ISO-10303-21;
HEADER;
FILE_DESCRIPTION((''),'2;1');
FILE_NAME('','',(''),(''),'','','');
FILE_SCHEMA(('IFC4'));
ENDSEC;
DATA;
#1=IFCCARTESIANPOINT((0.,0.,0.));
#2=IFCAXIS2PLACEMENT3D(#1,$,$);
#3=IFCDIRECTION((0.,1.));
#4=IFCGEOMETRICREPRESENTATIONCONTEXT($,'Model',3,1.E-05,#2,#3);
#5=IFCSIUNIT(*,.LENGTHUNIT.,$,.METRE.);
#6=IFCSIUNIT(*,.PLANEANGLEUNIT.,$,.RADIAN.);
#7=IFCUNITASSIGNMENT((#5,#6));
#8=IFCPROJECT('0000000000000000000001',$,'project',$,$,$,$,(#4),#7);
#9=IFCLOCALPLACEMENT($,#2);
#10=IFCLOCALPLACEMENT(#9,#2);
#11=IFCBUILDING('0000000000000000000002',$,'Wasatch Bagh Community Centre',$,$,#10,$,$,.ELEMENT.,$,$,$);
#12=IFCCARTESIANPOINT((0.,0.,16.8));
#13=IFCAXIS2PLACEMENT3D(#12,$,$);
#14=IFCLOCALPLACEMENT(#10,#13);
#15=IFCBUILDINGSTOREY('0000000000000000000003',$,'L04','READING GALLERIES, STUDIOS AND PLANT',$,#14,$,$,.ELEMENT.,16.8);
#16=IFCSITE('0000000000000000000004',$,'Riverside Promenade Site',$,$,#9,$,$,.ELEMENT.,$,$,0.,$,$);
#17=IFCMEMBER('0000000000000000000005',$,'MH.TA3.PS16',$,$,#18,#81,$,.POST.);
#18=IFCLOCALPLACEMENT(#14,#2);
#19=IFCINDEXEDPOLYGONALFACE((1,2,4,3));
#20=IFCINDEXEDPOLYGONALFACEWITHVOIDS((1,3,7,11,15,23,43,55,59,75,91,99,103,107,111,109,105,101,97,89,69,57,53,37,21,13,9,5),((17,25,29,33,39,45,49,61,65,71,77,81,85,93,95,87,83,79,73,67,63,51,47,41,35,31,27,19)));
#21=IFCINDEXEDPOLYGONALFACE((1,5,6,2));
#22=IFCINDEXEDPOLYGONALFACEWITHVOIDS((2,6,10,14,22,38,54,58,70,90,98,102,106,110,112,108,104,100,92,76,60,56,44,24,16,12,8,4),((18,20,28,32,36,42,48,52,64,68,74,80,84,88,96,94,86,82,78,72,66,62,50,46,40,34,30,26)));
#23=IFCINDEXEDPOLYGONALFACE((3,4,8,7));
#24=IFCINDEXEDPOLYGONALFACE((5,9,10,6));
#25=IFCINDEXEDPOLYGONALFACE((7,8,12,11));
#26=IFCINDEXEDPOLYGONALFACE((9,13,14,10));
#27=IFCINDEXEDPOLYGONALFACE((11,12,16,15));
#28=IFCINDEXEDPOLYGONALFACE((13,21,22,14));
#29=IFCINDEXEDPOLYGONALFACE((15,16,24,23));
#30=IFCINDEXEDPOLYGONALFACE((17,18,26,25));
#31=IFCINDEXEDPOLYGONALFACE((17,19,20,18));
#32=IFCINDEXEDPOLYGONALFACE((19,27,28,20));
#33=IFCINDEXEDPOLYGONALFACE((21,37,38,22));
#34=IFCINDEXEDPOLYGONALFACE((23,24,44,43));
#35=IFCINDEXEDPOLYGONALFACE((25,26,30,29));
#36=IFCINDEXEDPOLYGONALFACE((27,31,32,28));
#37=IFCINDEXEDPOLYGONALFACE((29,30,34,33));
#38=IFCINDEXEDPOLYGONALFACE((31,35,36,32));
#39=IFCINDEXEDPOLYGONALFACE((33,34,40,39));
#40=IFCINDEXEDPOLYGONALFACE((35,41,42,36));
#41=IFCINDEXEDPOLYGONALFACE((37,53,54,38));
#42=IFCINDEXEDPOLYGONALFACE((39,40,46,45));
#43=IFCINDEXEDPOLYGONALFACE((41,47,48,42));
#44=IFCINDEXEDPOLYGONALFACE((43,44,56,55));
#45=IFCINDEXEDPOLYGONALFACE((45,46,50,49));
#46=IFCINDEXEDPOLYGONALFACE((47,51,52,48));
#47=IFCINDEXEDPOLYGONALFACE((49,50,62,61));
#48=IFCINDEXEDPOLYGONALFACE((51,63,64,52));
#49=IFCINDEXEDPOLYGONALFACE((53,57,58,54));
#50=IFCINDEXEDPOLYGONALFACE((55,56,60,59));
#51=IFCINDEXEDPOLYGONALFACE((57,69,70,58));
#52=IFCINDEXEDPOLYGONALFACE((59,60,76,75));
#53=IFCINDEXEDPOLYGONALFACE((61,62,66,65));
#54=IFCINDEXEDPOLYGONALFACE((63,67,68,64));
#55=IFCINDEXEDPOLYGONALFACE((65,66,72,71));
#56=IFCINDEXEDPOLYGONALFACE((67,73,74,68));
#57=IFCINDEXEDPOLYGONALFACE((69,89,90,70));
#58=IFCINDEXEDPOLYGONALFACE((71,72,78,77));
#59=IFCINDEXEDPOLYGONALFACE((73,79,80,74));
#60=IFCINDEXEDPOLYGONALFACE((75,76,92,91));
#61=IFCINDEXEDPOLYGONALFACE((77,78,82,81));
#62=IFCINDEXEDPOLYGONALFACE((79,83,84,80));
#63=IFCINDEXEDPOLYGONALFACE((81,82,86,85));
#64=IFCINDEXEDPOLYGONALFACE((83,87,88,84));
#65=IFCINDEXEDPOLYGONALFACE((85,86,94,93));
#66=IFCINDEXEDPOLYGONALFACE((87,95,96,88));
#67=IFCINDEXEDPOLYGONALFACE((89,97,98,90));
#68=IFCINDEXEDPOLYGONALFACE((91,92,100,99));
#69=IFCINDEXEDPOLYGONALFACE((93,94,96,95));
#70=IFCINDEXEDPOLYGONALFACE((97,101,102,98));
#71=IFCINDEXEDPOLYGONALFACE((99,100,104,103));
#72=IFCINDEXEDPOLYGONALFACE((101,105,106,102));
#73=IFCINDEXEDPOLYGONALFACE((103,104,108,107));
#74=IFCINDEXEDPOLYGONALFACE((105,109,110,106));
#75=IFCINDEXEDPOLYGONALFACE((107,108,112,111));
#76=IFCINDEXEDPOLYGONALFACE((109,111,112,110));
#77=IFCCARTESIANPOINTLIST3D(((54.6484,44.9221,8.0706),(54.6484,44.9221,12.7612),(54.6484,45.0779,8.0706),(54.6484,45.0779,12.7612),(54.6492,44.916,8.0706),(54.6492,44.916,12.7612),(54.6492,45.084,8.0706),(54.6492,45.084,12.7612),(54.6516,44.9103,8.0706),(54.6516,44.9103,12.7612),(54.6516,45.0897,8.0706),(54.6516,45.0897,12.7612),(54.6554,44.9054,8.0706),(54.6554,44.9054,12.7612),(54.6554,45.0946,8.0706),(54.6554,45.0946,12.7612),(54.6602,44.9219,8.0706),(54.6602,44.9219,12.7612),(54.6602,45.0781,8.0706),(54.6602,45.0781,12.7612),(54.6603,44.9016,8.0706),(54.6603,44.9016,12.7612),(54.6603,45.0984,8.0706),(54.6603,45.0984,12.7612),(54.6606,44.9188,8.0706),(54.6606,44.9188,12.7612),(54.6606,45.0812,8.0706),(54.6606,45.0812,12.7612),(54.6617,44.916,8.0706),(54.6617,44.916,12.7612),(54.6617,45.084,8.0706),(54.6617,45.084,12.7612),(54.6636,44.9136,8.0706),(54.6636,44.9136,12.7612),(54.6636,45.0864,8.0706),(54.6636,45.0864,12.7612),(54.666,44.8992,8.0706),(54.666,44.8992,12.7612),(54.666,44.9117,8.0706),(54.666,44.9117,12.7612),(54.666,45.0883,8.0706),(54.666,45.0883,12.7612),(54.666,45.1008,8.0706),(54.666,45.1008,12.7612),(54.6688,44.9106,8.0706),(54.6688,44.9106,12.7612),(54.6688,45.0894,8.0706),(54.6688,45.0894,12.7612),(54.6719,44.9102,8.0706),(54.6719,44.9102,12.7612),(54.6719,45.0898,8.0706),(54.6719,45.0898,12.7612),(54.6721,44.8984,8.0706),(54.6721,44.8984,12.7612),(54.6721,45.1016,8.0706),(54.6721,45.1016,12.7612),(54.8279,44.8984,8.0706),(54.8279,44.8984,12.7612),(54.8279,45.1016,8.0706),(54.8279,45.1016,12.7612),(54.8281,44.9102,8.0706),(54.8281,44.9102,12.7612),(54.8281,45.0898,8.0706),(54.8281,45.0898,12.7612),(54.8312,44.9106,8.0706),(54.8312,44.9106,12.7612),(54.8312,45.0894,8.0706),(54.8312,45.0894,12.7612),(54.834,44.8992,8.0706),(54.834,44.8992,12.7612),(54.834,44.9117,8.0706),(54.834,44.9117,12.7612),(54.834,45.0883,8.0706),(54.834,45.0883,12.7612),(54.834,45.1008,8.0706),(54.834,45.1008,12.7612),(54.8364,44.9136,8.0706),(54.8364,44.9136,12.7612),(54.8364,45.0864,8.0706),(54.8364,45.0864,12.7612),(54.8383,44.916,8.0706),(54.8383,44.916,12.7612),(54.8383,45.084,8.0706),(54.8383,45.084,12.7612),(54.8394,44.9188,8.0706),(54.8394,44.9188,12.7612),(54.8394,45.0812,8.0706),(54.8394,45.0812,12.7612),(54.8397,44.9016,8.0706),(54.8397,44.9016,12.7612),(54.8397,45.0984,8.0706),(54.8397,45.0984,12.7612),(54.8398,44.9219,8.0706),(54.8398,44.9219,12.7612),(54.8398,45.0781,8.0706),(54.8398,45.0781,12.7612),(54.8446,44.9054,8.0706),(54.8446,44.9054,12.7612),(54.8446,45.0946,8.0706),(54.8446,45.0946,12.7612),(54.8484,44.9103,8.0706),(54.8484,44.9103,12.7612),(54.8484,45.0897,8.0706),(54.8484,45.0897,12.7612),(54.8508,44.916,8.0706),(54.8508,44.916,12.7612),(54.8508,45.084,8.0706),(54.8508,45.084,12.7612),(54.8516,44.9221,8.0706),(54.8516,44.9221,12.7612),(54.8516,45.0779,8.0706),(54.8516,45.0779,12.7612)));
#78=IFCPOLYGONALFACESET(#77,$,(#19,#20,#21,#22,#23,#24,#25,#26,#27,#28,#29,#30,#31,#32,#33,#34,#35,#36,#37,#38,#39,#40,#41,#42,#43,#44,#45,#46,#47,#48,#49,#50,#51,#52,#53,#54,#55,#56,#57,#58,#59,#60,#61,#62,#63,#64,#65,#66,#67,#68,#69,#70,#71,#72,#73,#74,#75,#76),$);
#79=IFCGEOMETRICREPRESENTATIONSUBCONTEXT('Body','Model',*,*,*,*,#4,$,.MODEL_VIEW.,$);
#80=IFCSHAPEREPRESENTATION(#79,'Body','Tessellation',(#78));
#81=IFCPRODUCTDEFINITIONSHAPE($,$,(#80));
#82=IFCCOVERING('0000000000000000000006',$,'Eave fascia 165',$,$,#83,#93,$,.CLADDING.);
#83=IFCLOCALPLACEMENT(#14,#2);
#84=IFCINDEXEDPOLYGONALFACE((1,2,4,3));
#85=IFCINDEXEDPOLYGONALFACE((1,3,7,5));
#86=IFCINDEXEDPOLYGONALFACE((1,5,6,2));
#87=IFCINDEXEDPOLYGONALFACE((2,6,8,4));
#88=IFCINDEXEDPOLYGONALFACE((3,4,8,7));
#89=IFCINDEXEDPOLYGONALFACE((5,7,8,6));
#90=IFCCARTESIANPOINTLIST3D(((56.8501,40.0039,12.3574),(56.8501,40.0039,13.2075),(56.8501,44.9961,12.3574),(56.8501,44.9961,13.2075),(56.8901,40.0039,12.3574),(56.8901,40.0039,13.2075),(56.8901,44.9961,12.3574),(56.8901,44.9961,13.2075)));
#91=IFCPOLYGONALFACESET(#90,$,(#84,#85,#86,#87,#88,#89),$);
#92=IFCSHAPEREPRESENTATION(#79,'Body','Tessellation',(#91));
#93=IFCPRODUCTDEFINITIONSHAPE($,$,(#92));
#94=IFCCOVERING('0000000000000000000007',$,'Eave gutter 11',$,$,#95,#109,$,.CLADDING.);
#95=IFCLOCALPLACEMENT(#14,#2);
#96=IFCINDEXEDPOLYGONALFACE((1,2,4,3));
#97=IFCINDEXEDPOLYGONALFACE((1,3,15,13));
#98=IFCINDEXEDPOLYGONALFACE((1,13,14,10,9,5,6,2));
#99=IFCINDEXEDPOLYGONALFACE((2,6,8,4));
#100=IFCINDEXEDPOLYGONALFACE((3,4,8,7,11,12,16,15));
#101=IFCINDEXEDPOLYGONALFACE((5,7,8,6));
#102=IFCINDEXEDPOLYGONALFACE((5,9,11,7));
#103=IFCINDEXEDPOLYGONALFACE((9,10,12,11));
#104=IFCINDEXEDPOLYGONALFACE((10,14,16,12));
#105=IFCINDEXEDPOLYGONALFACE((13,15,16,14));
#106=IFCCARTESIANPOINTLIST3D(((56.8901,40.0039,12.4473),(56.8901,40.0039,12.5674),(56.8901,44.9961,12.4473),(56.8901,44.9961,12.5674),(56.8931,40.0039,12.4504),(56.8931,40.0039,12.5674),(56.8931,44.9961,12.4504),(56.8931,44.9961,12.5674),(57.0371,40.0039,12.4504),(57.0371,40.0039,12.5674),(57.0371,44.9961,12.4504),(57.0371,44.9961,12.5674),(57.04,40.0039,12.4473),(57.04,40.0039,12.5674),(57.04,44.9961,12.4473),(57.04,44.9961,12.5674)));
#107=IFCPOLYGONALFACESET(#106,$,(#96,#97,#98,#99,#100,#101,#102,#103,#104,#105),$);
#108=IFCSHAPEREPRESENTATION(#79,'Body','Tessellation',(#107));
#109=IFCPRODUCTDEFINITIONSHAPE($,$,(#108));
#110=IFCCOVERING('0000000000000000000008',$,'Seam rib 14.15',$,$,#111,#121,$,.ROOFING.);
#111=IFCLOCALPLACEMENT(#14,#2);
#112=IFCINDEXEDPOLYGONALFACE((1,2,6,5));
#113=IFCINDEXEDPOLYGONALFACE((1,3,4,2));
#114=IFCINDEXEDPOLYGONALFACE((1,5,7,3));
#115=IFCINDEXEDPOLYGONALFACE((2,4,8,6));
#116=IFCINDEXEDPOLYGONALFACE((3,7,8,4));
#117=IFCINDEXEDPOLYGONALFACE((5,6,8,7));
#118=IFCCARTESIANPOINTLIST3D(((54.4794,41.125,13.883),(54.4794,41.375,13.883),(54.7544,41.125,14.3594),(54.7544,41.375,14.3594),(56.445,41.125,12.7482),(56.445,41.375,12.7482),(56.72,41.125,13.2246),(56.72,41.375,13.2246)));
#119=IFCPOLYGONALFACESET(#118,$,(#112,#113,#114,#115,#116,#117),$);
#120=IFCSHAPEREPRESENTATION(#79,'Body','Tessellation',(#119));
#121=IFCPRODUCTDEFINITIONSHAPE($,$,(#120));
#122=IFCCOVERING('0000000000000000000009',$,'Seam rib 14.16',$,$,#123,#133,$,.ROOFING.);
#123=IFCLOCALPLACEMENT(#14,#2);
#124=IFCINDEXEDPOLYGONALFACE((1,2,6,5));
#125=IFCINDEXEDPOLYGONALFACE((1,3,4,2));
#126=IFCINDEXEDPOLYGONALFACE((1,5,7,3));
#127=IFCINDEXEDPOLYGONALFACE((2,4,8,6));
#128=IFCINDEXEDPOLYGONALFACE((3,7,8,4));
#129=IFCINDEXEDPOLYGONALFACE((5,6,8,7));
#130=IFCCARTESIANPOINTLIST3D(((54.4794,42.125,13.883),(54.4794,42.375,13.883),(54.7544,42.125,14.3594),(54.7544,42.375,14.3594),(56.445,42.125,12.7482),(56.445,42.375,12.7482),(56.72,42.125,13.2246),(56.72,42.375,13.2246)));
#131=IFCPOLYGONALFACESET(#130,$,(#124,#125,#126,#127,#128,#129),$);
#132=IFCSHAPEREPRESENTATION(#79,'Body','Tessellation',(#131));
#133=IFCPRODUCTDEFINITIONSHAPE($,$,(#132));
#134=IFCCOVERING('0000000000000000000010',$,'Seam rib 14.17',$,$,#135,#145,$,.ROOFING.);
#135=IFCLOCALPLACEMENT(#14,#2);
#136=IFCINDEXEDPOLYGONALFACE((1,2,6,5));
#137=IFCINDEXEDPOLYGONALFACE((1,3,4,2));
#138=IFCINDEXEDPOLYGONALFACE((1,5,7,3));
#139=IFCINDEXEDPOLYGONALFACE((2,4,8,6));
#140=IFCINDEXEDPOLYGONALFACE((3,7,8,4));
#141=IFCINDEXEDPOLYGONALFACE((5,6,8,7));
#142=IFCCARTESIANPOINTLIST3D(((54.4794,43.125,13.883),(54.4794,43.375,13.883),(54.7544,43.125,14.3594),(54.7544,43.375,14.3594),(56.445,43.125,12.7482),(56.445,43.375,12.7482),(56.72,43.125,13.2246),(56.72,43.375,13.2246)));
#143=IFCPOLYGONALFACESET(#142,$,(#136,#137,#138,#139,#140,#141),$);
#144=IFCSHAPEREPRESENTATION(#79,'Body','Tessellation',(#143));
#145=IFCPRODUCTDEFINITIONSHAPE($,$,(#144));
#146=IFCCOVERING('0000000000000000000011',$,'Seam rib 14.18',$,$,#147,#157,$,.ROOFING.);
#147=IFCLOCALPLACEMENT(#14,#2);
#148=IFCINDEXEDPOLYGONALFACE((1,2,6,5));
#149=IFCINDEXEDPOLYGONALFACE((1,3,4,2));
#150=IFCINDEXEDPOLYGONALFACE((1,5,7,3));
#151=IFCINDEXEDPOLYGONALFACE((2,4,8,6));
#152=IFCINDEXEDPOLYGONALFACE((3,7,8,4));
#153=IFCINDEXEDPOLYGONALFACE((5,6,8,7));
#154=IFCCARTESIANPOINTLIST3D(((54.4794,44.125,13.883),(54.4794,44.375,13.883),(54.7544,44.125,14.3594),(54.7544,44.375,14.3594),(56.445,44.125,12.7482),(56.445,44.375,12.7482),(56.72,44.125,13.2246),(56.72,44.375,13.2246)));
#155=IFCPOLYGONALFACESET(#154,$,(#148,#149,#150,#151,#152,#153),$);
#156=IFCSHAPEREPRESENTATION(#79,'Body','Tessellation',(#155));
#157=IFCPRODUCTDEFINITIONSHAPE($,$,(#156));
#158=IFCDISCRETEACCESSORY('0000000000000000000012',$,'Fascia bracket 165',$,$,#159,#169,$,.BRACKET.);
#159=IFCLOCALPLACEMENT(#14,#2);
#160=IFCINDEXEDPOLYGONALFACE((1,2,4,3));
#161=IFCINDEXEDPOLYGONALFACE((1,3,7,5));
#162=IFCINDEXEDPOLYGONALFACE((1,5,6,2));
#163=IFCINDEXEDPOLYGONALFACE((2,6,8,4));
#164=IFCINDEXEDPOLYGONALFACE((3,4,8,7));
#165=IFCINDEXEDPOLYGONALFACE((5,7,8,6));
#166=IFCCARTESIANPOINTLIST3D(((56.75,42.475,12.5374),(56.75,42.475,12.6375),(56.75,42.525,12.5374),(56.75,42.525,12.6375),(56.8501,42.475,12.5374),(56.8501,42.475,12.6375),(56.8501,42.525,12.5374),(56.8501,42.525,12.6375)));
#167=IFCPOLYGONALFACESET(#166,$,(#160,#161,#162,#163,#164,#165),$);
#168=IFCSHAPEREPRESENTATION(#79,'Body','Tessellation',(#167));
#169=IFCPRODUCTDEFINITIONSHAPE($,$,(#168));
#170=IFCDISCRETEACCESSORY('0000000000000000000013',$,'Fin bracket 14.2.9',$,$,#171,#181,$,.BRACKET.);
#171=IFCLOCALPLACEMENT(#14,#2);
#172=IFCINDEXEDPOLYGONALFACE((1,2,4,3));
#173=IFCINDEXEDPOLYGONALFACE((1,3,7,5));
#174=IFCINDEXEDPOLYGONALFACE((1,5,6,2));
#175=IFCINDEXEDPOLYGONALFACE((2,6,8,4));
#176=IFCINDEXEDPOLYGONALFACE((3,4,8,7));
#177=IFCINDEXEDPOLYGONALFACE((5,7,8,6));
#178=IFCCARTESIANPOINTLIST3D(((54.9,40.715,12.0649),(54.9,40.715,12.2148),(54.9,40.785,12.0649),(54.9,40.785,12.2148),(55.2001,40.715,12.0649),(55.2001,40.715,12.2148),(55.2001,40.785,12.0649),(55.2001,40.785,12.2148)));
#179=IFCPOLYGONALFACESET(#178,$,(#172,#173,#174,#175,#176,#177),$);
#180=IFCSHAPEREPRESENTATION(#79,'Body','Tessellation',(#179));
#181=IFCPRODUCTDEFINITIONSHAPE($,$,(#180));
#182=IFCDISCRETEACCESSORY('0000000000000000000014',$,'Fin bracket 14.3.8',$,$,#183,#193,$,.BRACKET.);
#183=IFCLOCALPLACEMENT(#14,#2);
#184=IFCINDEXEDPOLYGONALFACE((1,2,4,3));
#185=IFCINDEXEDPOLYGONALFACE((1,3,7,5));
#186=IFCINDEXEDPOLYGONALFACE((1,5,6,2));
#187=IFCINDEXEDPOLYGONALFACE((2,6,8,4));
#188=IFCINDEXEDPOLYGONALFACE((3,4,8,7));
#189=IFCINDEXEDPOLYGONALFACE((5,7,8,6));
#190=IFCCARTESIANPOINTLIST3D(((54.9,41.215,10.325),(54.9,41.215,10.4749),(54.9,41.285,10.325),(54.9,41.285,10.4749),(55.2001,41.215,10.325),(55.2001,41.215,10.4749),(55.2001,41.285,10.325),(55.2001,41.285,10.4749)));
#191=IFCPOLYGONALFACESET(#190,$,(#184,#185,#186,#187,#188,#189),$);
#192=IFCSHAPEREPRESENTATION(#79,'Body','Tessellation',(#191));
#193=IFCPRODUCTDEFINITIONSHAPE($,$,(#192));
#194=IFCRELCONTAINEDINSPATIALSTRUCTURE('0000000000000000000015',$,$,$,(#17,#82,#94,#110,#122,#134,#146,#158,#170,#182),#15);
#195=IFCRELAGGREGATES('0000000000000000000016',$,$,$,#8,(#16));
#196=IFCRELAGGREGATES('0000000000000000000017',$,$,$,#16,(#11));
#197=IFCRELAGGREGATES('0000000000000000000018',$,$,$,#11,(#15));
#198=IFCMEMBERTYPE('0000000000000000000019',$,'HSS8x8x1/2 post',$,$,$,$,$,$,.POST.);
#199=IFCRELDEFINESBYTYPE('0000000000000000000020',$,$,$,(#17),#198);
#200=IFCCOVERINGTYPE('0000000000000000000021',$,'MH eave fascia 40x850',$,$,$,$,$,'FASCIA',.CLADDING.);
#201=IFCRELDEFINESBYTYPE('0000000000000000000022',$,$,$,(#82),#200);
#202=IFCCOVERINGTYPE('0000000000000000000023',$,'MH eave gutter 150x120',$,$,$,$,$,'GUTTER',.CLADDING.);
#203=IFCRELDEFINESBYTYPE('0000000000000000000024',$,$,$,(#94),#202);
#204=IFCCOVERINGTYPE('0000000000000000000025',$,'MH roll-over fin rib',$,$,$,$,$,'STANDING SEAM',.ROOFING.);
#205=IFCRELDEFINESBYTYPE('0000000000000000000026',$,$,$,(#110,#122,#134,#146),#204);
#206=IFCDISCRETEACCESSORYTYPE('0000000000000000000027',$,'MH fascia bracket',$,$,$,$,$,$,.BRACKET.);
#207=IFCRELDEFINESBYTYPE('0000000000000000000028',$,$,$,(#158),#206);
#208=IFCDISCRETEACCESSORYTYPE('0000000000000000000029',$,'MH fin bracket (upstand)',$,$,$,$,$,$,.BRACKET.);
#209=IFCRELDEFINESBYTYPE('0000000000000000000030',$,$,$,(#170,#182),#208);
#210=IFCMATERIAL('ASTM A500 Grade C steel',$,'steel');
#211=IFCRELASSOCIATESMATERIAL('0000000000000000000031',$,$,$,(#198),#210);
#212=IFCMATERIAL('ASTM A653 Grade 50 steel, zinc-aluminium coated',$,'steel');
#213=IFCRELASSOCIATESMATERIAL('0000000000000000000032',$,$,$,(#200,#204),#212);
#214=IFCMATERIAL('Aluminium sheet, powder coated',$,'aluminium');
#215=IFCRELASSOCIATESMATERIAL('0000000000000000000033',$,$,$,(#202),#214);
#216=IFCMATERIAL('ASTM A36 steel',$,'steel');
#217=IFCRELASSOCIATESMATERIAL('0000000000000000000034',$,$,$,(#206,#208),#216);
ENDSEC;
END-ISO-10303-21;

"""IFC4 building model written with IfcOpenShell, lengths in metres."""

from ifc_helpers import new_model, si_unit, direction, frame, origin, origin_2d, place, context, subcontext, project, spatial, polyline, rectangle, hollow_rectangle, outline, extrude, material, material_profile, profile_set, type_object, element, save


model = new_model("IFC4")

# Units and contexts
model_context = context("Model", 3, precision=1e-05, world=origin(), true_north=direction((0.0, 1.0)))
body_context = subcontext(model_context, "Body", "Model", "MODEL_VIEW")
ifc_project = project(units=[si_unit("LENGTHUNIT", "METRE"), si_unit("PLANEANGLEUNIT", "RADIAN")], contexts=[model_context])

# Site, building, storey
site_placement = place(None, origin())
site = spatial("IfcSite", under=ifc_project, at=site_placement, Name="Riverside Promenade Site", CompositionType="ELEMENT", RefElevation=0.0)
building_placement = place(site_placement, origin())
building = spatial("IfcBuilding", under=site, at=building_placement, Name="Wasatch Bagh Community Centre", CompositionType="ELEMENT")
storey_placement = place(building_placement, frame((0.0, 0.0, 16.8)))
storey = spatial("IfcBuildingStorey", under=building, at=storey_placement, Name="L04", Description="READING GALLERIES, STUDIOS AND PLANT", CompositionType="ELEMENT", Elevation=16.8)

# Member
ifc_material_1 = material(Name="ASTM A500 Grade C steel", Category="steel")
ifc_material_profile_1 = material_profile(ifc_material_1, hollow_rectangle(XDim=0.2031, YDim=0.2031, WallThickness=0.0117, InnerFilletRadius=0.0117, OuterFilletRadius=0.0237, at=origin_2d()), Name="HSS8x8x1/2")
ifc_profile_set_1 = profile_set([ifc_material_profile_1], Name="ASTM A500 Grade C steel")
member_type = type_object("IfcMemberType", Name="HSS8x8x1/2 post", PredefinedType="POST", material=ifc_profile_set_1)
member_placement = place(storey_placement, frame((54.75, 45.0, 8.0706), z_axis=(0.0, 0.0, 1.0), x_axis=(1.0, 0.0, 0.0)))
element("IfcMember", 1, at=member_placement, inside=storey, type_object=member_type, Name="MH.TA3.PS16", PredefinedType="POST", context=body_context, shape_type="SweptSolid", body=[
    extrude(hollow_rectangle(XDim=0.2031, YDim=0.2031, WallThickness=0.0117, InnerFilletRadius=0.0117, OuterFilletRadius=0.0237, at=origin_2d()), origin(), (0.0, 0.0, 1.0), 4.6907),
])

# Coverings
ifc_material_2 = material(Name="ASTM A653 Grade 50 steel, zinc-aluminium coated", Category="steel")
ifc_material_profile_2 = material_profile(ifc_material_2, rectangle(XDim=0.04, YDim=0.8501, at=origin_2d()), Name="FASCIA 40x850")
ifc_profile_set_2 = profile_set([ifc_material_profile_2], Name="ASTM A653 Grade 50 steel, zinc-aluminium coated")
covering_type_1 = type_object("IfcCoveringType", Name="MH eave fascia 40x850", ElementType="FASCIA", PredefinedType="CLADDING", material=ifc_profile_set_2)
covering_1_placement = place(storey_placement, frame((56.8701, 44.9961, 12.7825), z_axis=(0.0, -1.0, 0.0), x_axis=(1.0, 0.0, 0.0)))
element("IfcCovering", 2, at=covering_1_placement, inside=storey, type_object=covering_type_1, Name="Eave fascia 165", PredefinedType="CLADDING", context=body_context, shape_type="SweptSolid", body=[
    extrude(rectangle(XDim=0.04, YDim=0.8501, at=origin_2d()), origin(), (0.0, 0.0, 1.0), 4.9922),
])
ifc_material_3 = material(Name="Aluminium sheet, powder coated", Category="aluminium")
ifc_material_profile_3 = material_profile(ifc_material_3, outline(polyline([(-0.075, 0.0), (-0.075, -0.1201), (0.075, -0.1201), (0.075, 0.0), (0.072, 0.0), (0.072, -0.1169), (-0.072, -0.1169), (-0.072, 0.0), (-0.075, 0.0)])), Name="GUTTER 150x120")
ifc_profile_set_3 = profile_set([ifc_material_profile_3], Name="Aluminium sheet, powder coated")
covering_type_2 = type_object("IfcCoveringType", Name="MH eave gutter 150x120", ElementType="GUTTER", PredefinedType="CLADDING", material=ifc_profile_set_3)
covering_2_placement = place(storey_placement, frame((56.9651, 44.9961, 12.5674), z_axis=(0.0, -1.0, 0.0), x_axis=(1.0, 0.0, 0.0)))
element("IfcCovering", 3, at=covering_2_placement, inside=storey, type_object=covering_type_2, Name="Eave gutter 11", PredefinedType="CLADDING", context=body_context, shape_type="SweptSolid", body=[
    extrude(outline(polyline([(-0.075, 0.0), (-0.075, -0.1201), (0.075, -0.1201), (0.075, 0.0), (0.072, 0.0), (0.072, -0.1169), (-0.072, -0.1169), (-0.072, 0.0), (-0.075, 0.0)])), origin(), (0.0, 0.0, 1.0), 4.9922),
])
covering_type_3 = type_object("IfcCoveringType", Name="MH roll-over fin rib", ElementType="STANDING SEAM", PredefinedType="ROOFING", material=ifc_material_2)
for number, where, z_axis, x_axis, name in (
    (4, (54.7544, 41.125, 14.3594), (0.49998, 0.0, 0.866037), (0.866037, 0.0, -0.49998), "Seam rib 14.15"),
    (5, (54.7544, 42.125, 14.3594), (0.49998, 0.0, 0.866037), (0.866037, 0.0, -0.49998), "Seam rib 14.16"),
    (6, (54.7544, 43.125, 14.3594), (0.49998, 0.0, 0.866037), (0.866037, 0.0, -0.49998), "Seam rib 14.17"),
    (7, (54.7544, 44.125, 14.3594), (0.49998, 0.0, 0.866037), (0.866037, 0.0, -0.49998), "Seam rib 14.18"),
):
    element("IfcCovering", number, at=place(storey_placement, frame(where, z_axis=z_axis, x_axis=x_axis)), inside=storey, type_object=covering_type_3, Name=name, PredefinedType="ROOFING", context=body_context, shape_type="SweptSolid", body=[
        extrude(outline(polyline([(0.0, 0.0), (2.2696, 0.0), (2.2696, 0.25), (0.0, 0.25), (0.0, 0.0)])), origin(), (0.0, 0.0, -1.0), 0.55),
    ])

# Discrete accessories
ifc_material_4 = material(Name="ASTM A36 steel", Category="steel")
discrete_accessory_type_1 = type_object("IfcDiscreteAccessoryType", Name="MH fascia bracket", PredefinedType="BRACKET", material=ifc_material_4)
discrete_accessory_1_placement = place(storey_placement, frame((56.8, 42.5, 12.5374), z_axis=(0.0, 0.0, 1.0), x_axis=(1.0, 0.0, 0.0)))
element("IfcDiscreteAccessory", 8, at=discrete_accessory_1_placement, inside=storey, type_object=discrete_accessory_type_1, Name="Fascia bracket 165", PredefinedType="BRACKET", context=body_context, shape_type="SweptSolid", body=[
    extrude(rectangle(XDim=0.1001, YDim=0.05, at=origin_2d()), origin(), (0.0, 0.0, 1.0), 0.1001),
])
discrete_accessory_type_2 = type_object("IfcDiscreteAccessoryType", Name="MH fin bracket (upstand)", PredefinedType="BRACKET", material=ifc_material_4)
for number, where, z_axis, x_axis, name in (
    (9, (55.05, 40.75, 12.0649), (0.0, 0.0, 1.0), (0.0, 1.0, 0.0), "Fin bracket 14.2.9"),
    (10, (55.05, 41.25, 10.325), (0.0, 0.0, 1.0), (0.0, 1.0, 0.0), "Fin bracket 14.3.8"),
):
    element("IfcDiscreteAccessory", number, at=place(storey_placement, frame(where, z_axis=z_axis, x_axis=x_axis)), inside=storey, type_object=discrete_accessory_type_2, Name=name, PredefinedType="BRACKET", context=body_context, shape_type="SweptSolid", body=[
        extrude(rectangle(XDim=0.0701, YDim=0.3, at=origin_2d()), origin(), (0.0, 0.0, 1.0), 0.1499),
    ])

save(model, "model.ifc")
